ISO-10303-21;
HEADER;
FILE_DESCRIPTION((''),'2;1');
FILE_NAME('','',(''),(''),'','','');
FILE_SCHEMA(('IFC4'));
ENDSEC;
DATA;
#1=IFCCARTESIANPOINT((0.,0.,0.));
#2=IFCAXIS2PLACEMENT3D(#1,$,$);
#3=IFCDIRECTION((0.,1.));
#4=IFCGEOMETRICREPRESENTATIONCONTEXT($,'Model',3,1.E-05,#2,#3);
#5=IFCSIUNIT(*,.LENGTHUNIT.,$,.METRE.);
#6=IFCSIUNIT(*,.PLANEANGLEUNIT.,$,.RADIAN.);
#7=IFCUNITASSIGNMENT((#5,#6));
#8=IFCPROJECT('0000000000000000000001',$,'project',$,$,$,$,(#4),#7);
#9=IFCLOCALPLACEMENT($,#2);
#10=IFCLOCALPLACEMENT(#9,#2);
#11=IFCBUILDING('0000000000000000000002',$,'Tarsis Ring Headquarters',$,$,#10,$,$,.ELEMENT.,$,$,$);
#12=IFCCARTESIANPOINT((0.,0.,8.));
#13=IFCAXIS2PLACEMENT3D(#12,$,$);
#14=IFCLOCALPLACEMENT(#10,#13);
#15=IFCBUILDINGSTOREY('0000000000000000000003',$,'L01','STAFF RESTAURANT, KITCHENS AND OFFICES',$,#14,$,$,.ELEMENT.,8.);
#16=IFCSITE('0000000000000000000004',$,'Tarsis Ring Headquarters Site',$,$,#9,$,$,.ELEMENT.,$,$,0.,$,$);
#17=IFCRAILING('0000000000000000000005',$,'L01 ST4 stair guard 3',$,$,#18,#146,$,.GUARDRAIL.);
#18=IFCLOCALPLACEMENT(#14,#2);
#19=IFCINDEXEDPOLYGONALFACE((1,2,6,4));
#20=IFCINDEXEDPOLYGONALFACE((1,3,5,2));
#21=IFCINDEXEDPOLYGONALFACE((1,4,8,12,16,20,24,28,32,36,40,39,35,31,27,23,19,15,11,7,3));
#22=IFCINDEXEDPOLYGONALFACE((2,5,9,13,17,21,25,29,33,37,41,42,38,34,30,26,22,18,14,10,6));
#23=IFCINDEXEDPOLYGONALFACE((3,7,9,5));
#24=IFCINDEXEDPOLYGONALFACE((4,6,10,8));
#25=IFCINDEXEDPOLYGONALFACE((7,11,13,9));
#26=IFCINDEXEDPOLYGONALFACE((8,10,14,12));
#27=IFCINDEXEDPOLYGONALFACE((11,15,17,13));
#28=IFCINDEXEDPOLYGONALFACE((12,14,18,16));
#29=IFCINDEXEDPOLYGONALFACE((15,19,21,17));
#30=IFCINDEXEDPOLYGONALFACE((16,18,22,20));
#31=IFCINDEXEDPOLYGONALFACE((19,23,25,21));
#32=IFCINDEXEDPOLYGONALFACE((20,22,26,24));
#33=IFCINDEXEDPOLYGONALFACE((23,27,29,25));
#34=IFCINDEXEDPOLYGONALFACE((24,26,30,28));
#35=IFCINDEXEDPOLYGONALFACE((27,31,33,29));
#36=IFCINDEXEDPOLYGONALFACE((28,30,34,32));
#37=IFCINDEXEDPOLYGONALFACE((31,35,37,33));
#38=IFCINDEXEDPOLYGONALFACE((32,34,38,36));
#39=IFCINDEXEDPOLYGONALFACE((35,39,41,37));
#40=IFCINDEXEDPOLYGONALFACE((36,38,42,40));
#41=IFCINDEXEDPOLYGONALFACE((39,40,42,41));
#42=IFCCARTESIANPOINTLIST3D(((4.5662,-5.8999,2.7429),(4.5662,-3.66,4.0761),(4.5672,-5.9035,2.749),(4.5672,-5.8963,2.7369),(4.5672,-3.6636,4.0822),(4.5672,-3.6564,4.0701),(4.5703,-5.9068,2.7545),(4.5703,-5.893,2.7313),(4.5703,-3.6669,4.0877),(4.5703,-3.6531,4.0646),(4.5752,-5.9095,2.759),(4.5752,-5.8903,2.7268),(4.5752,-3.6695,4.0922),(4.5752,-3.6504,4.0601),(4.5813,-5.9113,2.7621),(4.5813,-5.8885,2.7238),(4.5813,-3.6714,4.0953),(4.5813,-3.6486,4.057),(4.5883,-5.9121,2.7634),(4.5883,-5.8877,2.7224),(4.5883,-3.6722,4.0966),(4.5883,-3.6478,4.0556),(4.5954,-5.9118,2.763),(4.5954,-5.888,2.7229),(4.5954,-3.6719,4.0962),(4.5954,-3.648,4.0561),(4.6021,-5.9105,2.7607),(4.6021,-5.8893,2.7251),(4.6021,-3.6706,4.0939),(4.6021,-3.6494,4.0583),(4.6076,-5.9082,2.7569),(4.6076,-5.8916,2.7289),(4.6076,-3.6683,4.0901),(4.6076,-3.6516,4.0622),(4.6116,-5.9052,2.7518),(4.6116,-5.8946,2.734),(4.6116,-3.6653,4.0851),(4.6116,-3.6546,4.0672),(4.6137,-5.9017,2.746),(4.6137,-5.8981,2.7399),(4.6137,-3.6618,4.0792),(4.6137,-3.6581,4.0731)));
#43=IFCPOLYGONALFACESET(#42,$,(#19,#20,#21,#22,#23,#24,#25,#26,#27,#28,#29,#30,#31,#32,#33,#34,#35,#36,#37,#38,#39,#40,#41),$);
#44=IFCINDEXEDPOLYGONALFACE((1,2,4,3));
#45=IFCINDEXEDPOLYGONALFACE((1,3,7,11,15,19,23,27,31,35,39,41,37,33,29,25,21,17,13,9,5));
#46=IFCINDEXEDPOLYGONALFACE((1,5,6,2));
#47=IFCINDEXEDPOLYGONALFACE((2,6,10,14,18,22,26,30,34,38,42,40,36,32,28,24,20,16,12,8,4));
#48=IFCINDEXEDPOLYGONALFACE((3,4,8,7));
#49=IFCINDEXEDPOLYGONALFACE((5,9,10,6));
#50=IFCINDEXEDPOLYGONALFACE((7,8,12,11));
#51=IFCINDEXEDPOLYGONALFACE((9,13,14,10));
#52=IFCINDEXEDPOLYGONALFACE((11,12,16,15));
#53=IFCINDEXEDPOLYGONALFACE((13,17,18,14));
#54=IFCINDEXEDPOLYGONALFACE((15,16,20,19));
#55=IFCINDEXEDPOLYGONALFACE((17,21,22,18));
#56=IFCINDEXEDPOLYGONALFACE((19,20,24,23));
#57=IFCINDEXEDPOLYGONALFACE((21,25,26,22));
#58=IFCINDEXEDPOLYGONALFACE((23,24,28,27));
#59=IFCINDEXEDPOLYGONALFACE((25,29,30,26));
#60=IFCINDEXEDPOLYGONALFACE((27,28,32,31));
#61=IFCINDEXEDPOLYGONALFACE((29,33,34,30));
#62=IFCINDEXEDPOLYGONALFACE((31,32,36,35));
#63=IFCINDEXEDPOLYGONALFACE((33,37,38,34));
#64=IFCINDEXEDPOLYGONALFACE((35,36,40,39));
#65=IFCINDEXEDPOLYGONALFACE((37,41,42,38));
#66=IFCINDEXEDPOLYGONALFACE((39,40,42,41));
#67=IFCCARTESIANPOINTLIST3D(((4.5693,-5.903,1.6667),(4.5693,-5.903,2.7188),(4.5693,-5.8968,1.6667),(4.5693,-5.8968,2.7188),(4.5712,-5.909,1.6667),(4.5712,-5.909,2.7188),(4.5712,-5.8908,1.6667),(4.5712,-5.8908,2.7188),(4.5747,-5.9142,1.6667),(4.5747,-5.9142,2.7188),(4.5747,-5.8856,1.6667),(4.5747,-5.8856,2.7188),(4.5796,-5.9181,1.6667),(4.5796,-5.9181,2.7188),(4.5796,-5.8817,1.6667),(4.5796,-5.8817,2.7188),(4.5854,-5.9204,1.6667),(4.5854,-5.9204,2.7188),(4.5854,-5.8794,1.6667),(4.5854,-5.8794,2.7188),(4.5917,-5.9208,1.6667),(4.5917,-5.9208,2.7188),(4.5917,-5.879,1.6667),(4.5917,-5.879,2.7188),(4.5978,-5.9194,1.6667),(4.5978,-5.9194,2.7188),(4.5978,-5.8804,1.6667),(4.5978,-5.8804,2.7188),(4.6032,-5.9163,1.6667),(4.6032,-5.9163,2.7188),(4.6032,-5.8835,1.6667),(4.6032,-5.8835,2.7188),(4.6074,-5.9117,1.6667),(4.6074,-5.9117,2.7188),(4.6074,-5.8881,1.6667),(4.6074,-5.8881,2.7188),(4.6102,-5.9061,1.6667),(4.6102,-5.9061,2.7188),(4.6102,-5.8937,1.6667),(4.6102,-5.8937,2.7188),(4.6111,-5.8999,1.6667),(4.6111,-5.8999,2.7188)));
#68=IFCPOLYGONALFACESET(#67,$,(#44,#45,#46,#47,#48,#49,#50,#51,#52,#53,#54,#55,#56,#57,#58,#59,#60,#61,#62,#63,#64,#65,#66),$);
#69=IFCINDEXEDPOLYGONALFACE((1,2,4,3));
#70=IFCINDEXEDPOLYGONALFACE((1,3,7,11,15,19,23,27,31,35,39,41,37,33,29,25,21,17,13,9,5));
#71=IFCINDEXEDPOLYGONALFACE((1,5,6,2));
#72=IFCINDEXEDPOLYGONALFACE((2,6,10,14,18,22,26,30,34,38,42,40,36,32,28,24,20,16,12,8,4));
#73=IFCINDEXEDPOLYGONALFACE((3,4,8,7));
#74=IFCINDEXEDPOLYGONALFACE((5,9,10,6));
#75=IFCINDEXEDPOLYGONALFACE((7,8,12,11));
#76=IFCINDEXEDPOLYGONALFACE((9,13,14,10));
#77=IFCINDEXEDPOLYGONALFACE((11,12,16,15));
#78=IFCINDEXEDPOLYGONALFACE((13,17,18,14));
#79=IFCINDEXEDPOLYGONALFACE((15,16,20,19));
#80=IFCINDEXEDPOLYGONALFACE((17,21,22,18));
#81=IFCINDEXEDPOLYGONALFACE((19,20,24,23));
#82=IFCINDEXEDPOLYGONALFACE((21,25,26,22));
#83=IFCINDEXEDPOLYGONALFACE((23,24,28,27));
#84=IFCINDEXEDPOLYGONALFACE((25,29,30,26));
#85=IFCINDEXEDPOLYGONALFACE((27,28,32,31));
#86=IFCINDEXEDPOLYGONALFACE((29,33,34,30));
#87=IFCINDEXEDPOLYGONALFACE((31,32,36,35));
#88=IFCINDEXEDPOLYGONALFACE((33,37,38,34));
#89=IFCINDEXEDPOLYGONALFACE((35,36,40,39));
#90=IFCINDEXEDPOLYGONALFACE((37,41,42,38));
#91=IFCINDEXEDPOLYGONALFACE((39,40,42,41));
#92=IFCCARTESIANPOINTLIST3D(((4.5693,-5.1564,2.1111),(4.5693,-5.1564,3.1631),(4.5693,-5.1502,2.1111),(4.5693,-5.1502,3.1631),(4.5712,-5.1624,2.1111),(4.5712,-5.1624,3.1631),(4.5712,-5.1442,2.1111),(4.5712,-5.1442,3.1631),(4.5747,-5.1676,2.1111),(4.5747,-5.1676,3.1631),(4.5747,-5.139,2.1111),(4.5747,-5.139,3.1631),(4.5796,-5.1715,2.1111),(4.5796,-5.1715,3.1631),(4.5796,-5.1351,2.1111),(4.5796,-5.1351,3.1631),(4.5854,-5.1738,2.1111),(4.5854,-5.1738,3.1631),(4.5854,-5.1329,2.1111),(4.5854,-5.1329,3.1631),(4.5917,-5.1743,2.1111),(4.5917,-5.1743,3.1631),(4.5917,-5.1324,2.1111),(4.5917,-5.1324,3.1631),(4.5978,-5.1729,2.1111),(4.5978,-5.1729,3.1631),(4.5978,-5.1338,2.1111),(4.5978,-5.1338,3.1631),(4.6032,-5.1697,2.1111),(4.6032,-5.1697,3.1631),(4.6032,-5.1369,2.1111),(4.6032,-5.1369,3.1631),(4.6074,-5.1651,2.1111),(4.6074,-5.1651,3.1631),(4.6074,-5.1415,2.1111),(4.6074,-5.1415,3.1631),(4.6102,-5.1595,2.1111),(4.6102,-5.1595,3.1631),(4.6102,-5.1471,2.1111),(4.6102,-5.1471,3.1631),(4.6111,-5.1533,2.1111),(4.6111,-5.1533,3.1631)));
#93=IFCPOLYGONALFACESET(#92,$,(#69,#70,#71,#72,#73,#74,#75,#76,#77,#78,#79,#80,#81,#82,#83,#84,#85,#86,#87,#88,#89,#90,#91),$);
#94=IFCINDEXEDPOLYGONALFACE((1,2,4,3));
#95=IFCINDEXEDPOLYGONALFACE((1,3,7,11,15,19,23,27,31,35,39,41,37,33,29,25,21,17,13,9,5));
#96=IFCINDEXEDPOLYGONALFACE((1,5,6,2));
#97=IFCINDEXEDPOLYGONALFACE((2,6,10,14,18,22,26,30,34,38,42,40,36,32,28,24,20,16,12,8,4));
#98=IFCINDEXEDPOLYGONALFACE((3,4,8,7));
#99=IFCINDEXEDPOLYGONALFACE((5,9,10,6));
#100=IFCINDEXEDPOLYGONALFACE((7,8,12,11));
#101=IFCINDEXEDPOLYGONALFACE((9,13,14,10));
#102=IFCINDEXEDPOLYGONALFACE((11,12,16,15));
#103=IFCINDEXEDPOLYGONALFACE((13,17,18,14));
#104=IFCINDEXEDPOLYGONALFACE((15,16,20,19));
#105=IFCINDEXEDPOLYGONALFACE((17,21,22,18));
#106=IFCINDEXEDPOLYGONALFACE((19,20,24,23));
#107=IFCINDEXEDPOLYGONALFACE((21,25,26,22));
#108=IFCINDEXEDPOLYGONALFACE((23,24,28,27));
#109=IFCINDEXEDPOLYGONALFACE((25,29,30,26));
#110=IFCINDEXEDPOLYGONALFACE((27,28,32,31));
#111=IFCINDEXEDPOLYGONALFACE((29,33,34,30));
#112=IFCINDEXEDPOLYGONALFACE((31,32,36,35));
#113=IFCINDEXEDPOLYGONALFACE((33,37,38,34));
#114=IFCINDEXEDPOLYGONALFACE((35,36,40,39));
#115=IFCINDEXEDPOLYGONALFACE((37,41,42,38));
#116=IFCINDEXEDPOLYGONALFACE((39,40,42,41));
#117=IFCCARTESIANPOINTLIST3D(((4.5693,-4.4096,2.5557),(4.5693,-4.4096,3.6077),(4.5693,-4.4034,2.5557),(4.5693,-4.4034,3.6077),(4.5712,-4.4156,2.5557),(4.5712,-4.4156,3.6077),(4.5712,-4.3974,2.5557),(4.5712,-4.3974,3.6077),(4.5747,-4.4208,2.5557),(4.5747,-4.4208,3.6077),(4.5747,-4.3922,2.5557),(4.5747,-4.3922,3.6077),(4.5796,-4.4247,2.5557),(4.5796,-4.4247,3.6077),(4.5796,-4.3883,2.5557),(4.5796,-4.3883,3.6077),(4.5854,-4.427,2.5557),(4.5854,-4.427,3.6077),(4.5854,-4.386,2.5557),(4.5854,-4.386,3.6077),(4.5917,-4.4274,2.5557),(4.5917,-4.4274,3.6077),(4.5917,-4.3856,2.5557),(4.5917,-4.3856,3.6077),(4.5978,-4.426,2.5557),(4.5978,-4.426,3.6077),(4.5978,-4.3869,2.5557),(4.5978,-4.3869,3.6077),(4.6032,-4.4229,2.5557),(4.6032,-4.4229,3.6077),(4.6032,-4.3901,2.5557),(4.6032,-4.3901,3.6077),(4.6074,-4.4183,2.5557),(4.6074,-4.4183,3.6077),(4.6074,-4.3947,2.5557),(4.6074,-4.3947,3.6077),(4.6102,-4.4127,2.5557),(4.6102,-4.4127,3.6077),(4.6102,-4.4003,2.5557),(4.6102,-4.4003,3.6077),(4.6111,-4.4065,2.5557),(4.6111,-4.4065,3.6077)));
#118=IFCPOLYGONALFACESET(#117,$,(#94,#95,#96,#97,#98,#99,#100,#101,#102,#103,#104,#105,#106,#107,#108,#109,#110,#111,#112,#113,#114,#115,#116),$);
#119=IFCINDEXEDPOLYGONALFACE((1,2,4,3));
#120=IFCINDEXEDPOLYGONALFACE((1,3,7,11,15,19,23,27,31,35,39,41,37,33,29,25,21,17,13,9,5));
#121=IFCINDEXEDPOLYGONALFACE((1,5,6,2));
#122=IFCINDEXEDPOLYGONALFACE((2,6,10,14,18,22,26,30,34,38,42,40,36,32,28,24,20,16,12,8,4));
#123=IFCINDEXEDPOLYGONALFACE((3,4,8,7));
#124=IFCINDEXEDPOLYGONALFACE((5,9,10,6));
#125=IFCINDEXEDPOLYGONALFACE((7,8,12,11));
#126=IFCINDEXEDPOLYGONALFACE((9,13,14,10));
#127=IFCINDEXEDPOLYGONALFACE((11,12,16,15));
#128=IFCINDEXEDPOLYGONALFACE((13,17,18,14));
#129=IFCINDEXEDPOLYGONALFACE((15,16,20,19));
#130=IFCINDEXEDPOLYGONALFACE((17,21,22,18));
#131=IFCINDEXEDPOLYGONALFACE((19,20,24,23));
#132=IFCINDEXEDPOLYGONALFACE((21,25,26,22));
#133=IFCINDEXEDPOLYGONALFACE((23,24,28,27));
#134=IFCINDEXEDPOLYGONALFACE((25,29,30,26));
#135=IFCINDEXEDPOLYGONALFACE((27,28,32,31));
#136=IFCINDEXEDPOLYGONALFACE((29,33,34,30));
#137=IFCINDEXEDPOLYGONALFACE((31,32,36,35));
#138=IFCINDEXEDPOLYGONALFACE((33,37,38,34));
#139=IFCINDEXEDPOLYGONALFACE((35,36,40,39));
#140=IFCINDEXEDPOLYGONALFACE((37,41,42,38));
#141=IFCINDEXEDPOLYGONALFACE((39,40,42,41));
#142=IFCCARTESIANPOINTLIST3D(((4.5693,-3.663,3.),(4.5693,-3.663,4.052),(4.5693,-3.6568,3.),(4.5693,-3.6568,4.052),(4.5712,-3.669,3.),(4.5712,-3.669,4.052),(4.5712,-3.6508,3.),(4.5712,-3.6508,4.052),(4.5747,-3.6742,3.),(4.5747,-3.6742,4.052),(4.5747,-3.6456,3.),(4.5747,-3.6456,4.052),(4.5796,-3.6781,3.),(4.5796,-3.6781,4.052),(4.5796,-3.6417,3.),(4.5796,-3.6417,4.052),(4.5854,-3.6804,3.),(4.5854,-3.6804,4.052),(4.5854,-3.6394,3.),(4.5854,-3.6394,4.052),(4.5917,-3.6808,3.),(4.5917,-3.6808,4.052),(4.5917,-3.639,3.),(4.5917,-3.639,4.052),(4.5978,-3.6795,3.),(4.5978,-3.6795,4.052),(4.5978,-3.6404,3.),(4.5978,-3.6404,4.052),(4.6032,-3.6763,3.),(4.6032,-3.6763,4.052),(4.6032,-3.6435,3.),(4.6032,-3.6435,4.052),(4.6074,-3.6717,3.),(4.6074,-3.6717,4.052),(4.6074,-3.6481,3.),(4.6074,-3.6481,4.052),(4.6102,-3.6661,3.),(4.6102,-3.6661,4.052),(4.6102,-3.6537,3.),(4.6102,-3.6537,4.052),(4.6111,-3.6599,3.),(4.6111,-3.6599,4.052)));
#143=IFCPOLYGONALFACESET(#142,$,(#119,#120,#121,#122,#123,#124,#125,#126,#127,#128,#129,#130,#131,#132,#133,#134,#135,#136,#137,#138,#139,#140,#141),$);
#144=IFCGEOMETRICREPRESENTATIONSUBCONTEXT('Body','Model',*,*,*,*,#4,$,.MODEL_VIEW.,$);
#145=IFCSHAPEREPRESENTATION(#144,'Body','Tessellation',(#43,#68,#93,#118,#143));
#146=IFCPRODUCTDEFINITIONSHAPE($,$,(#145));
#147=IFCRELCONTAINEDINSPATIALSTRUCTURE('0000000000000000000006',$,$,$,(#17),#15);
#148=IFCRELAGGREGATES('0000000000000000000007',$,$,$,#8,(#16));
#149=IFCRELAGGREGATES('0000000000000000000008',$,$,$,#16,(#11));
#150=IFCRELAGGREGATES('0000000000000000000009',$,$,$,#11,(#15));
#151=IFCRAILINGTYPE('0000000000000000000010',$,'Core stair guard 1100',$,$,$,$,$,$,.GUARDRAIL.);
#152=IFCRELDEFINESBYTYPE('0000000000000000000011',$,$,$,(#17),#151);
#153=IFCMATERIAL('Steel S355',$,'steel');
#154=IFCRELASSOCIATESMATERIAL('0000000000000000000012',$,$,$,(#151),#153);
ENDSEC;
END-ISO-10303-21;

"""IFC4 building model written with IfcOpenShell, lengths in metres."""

from ifc_helpers import new_model, si_unit, direction, frame, origin, origin_2d, place, context, subcontext, project, spatial, circle, extrude, material, type_object, element, save


model = new_model("IFC4")

# Units and contexts
model_context = context("Model", 3, precision=1e-05, world=origin(), true_north=direction((0.0, 1.0)))
body_context = subcontext(model_context, "Body", "Model", "MODEL_VIEW")
ifc_project = project(units=[si_unit("LENGTHUNIT", "METRE"), si_unit("PLANEANGLEUNIT", "RADIAN")], contexts=[model_context])

# Site, building, storey
site_placement = place(None, origin())
site = spatial("IfcSite", under=ifc_project, at=site_placement, Name="Tarsis Ring Headquarters Site", CompositionType="ELEMENT", RefElevation=0.0)
building_placement = place(site_placement, origin())
building = spatial("IfcBuilding", under=site, at=building_placement, Name="Tarsis Ring Headquarters", CompositionType="ELEMENT")
storey_placement = place(building_placement, frame((0.0, 0.0, 8.0)))
storey = spatial("IfcBuildingStorey", under=building, at=storey_placement, Name="L01", Description="STAFF RESTAURANT, KITCHENS AND OFFICES", CompositionType="ELEMENT", Elevation=8.0)

# Railing
ifc_material_1 = material(Name="Steel S355", Category="steel")
railing_type_1 = type_object("IfcRailingType", Name="Core stair guard 1100", PredefinedType="GUARDRAIL", material=ifc_material_1)
railing_1_placement = place(storey_placement, frame((4.5901, -5.8999, 1.6667)))
element("IfcRailing", 1, at=railing_1_placement, inside=storey, type_object=railing_type_1, Name="L01 ST4 stair guard 3", PredefinedType="GUARDRAIL", context=body_context, shape_type="SweptSolid", body=[
    extrude(circle(Radius=0.0239, at=origin_2d()), frame((0.0, 0.0, 1.0762), z_axis=(0.0, 0.859306, 0.511462), x_axis=(-1.0, 0.0, 0.0)), (0.0, 0.0, 1.0), 2.6067),
    extrude(circle(Radius=0.021, at=origin_2d()), origin(), (0.0, 0.0, 1.0), 1.052),
    extrude(circle(Radius=0.021, at=origin_2d()), frame((0.0, 0.7466, 0.4443)), (0.0, 0.0, 1.0), 1.052),
    extrude(circle(Radius=0.021, at=origin_2d()), frame((0.0, 1.4934, 0.8889)), (0.0, 0.0, 1.0), 1.052),
    extrude(circle(Radius=0.021, at=origin_2d()), frame((0.0, 2.24, 1.3333)), (0.0, 0.0, 1.0), 1.052),
])

save(model, "model.ifc")
